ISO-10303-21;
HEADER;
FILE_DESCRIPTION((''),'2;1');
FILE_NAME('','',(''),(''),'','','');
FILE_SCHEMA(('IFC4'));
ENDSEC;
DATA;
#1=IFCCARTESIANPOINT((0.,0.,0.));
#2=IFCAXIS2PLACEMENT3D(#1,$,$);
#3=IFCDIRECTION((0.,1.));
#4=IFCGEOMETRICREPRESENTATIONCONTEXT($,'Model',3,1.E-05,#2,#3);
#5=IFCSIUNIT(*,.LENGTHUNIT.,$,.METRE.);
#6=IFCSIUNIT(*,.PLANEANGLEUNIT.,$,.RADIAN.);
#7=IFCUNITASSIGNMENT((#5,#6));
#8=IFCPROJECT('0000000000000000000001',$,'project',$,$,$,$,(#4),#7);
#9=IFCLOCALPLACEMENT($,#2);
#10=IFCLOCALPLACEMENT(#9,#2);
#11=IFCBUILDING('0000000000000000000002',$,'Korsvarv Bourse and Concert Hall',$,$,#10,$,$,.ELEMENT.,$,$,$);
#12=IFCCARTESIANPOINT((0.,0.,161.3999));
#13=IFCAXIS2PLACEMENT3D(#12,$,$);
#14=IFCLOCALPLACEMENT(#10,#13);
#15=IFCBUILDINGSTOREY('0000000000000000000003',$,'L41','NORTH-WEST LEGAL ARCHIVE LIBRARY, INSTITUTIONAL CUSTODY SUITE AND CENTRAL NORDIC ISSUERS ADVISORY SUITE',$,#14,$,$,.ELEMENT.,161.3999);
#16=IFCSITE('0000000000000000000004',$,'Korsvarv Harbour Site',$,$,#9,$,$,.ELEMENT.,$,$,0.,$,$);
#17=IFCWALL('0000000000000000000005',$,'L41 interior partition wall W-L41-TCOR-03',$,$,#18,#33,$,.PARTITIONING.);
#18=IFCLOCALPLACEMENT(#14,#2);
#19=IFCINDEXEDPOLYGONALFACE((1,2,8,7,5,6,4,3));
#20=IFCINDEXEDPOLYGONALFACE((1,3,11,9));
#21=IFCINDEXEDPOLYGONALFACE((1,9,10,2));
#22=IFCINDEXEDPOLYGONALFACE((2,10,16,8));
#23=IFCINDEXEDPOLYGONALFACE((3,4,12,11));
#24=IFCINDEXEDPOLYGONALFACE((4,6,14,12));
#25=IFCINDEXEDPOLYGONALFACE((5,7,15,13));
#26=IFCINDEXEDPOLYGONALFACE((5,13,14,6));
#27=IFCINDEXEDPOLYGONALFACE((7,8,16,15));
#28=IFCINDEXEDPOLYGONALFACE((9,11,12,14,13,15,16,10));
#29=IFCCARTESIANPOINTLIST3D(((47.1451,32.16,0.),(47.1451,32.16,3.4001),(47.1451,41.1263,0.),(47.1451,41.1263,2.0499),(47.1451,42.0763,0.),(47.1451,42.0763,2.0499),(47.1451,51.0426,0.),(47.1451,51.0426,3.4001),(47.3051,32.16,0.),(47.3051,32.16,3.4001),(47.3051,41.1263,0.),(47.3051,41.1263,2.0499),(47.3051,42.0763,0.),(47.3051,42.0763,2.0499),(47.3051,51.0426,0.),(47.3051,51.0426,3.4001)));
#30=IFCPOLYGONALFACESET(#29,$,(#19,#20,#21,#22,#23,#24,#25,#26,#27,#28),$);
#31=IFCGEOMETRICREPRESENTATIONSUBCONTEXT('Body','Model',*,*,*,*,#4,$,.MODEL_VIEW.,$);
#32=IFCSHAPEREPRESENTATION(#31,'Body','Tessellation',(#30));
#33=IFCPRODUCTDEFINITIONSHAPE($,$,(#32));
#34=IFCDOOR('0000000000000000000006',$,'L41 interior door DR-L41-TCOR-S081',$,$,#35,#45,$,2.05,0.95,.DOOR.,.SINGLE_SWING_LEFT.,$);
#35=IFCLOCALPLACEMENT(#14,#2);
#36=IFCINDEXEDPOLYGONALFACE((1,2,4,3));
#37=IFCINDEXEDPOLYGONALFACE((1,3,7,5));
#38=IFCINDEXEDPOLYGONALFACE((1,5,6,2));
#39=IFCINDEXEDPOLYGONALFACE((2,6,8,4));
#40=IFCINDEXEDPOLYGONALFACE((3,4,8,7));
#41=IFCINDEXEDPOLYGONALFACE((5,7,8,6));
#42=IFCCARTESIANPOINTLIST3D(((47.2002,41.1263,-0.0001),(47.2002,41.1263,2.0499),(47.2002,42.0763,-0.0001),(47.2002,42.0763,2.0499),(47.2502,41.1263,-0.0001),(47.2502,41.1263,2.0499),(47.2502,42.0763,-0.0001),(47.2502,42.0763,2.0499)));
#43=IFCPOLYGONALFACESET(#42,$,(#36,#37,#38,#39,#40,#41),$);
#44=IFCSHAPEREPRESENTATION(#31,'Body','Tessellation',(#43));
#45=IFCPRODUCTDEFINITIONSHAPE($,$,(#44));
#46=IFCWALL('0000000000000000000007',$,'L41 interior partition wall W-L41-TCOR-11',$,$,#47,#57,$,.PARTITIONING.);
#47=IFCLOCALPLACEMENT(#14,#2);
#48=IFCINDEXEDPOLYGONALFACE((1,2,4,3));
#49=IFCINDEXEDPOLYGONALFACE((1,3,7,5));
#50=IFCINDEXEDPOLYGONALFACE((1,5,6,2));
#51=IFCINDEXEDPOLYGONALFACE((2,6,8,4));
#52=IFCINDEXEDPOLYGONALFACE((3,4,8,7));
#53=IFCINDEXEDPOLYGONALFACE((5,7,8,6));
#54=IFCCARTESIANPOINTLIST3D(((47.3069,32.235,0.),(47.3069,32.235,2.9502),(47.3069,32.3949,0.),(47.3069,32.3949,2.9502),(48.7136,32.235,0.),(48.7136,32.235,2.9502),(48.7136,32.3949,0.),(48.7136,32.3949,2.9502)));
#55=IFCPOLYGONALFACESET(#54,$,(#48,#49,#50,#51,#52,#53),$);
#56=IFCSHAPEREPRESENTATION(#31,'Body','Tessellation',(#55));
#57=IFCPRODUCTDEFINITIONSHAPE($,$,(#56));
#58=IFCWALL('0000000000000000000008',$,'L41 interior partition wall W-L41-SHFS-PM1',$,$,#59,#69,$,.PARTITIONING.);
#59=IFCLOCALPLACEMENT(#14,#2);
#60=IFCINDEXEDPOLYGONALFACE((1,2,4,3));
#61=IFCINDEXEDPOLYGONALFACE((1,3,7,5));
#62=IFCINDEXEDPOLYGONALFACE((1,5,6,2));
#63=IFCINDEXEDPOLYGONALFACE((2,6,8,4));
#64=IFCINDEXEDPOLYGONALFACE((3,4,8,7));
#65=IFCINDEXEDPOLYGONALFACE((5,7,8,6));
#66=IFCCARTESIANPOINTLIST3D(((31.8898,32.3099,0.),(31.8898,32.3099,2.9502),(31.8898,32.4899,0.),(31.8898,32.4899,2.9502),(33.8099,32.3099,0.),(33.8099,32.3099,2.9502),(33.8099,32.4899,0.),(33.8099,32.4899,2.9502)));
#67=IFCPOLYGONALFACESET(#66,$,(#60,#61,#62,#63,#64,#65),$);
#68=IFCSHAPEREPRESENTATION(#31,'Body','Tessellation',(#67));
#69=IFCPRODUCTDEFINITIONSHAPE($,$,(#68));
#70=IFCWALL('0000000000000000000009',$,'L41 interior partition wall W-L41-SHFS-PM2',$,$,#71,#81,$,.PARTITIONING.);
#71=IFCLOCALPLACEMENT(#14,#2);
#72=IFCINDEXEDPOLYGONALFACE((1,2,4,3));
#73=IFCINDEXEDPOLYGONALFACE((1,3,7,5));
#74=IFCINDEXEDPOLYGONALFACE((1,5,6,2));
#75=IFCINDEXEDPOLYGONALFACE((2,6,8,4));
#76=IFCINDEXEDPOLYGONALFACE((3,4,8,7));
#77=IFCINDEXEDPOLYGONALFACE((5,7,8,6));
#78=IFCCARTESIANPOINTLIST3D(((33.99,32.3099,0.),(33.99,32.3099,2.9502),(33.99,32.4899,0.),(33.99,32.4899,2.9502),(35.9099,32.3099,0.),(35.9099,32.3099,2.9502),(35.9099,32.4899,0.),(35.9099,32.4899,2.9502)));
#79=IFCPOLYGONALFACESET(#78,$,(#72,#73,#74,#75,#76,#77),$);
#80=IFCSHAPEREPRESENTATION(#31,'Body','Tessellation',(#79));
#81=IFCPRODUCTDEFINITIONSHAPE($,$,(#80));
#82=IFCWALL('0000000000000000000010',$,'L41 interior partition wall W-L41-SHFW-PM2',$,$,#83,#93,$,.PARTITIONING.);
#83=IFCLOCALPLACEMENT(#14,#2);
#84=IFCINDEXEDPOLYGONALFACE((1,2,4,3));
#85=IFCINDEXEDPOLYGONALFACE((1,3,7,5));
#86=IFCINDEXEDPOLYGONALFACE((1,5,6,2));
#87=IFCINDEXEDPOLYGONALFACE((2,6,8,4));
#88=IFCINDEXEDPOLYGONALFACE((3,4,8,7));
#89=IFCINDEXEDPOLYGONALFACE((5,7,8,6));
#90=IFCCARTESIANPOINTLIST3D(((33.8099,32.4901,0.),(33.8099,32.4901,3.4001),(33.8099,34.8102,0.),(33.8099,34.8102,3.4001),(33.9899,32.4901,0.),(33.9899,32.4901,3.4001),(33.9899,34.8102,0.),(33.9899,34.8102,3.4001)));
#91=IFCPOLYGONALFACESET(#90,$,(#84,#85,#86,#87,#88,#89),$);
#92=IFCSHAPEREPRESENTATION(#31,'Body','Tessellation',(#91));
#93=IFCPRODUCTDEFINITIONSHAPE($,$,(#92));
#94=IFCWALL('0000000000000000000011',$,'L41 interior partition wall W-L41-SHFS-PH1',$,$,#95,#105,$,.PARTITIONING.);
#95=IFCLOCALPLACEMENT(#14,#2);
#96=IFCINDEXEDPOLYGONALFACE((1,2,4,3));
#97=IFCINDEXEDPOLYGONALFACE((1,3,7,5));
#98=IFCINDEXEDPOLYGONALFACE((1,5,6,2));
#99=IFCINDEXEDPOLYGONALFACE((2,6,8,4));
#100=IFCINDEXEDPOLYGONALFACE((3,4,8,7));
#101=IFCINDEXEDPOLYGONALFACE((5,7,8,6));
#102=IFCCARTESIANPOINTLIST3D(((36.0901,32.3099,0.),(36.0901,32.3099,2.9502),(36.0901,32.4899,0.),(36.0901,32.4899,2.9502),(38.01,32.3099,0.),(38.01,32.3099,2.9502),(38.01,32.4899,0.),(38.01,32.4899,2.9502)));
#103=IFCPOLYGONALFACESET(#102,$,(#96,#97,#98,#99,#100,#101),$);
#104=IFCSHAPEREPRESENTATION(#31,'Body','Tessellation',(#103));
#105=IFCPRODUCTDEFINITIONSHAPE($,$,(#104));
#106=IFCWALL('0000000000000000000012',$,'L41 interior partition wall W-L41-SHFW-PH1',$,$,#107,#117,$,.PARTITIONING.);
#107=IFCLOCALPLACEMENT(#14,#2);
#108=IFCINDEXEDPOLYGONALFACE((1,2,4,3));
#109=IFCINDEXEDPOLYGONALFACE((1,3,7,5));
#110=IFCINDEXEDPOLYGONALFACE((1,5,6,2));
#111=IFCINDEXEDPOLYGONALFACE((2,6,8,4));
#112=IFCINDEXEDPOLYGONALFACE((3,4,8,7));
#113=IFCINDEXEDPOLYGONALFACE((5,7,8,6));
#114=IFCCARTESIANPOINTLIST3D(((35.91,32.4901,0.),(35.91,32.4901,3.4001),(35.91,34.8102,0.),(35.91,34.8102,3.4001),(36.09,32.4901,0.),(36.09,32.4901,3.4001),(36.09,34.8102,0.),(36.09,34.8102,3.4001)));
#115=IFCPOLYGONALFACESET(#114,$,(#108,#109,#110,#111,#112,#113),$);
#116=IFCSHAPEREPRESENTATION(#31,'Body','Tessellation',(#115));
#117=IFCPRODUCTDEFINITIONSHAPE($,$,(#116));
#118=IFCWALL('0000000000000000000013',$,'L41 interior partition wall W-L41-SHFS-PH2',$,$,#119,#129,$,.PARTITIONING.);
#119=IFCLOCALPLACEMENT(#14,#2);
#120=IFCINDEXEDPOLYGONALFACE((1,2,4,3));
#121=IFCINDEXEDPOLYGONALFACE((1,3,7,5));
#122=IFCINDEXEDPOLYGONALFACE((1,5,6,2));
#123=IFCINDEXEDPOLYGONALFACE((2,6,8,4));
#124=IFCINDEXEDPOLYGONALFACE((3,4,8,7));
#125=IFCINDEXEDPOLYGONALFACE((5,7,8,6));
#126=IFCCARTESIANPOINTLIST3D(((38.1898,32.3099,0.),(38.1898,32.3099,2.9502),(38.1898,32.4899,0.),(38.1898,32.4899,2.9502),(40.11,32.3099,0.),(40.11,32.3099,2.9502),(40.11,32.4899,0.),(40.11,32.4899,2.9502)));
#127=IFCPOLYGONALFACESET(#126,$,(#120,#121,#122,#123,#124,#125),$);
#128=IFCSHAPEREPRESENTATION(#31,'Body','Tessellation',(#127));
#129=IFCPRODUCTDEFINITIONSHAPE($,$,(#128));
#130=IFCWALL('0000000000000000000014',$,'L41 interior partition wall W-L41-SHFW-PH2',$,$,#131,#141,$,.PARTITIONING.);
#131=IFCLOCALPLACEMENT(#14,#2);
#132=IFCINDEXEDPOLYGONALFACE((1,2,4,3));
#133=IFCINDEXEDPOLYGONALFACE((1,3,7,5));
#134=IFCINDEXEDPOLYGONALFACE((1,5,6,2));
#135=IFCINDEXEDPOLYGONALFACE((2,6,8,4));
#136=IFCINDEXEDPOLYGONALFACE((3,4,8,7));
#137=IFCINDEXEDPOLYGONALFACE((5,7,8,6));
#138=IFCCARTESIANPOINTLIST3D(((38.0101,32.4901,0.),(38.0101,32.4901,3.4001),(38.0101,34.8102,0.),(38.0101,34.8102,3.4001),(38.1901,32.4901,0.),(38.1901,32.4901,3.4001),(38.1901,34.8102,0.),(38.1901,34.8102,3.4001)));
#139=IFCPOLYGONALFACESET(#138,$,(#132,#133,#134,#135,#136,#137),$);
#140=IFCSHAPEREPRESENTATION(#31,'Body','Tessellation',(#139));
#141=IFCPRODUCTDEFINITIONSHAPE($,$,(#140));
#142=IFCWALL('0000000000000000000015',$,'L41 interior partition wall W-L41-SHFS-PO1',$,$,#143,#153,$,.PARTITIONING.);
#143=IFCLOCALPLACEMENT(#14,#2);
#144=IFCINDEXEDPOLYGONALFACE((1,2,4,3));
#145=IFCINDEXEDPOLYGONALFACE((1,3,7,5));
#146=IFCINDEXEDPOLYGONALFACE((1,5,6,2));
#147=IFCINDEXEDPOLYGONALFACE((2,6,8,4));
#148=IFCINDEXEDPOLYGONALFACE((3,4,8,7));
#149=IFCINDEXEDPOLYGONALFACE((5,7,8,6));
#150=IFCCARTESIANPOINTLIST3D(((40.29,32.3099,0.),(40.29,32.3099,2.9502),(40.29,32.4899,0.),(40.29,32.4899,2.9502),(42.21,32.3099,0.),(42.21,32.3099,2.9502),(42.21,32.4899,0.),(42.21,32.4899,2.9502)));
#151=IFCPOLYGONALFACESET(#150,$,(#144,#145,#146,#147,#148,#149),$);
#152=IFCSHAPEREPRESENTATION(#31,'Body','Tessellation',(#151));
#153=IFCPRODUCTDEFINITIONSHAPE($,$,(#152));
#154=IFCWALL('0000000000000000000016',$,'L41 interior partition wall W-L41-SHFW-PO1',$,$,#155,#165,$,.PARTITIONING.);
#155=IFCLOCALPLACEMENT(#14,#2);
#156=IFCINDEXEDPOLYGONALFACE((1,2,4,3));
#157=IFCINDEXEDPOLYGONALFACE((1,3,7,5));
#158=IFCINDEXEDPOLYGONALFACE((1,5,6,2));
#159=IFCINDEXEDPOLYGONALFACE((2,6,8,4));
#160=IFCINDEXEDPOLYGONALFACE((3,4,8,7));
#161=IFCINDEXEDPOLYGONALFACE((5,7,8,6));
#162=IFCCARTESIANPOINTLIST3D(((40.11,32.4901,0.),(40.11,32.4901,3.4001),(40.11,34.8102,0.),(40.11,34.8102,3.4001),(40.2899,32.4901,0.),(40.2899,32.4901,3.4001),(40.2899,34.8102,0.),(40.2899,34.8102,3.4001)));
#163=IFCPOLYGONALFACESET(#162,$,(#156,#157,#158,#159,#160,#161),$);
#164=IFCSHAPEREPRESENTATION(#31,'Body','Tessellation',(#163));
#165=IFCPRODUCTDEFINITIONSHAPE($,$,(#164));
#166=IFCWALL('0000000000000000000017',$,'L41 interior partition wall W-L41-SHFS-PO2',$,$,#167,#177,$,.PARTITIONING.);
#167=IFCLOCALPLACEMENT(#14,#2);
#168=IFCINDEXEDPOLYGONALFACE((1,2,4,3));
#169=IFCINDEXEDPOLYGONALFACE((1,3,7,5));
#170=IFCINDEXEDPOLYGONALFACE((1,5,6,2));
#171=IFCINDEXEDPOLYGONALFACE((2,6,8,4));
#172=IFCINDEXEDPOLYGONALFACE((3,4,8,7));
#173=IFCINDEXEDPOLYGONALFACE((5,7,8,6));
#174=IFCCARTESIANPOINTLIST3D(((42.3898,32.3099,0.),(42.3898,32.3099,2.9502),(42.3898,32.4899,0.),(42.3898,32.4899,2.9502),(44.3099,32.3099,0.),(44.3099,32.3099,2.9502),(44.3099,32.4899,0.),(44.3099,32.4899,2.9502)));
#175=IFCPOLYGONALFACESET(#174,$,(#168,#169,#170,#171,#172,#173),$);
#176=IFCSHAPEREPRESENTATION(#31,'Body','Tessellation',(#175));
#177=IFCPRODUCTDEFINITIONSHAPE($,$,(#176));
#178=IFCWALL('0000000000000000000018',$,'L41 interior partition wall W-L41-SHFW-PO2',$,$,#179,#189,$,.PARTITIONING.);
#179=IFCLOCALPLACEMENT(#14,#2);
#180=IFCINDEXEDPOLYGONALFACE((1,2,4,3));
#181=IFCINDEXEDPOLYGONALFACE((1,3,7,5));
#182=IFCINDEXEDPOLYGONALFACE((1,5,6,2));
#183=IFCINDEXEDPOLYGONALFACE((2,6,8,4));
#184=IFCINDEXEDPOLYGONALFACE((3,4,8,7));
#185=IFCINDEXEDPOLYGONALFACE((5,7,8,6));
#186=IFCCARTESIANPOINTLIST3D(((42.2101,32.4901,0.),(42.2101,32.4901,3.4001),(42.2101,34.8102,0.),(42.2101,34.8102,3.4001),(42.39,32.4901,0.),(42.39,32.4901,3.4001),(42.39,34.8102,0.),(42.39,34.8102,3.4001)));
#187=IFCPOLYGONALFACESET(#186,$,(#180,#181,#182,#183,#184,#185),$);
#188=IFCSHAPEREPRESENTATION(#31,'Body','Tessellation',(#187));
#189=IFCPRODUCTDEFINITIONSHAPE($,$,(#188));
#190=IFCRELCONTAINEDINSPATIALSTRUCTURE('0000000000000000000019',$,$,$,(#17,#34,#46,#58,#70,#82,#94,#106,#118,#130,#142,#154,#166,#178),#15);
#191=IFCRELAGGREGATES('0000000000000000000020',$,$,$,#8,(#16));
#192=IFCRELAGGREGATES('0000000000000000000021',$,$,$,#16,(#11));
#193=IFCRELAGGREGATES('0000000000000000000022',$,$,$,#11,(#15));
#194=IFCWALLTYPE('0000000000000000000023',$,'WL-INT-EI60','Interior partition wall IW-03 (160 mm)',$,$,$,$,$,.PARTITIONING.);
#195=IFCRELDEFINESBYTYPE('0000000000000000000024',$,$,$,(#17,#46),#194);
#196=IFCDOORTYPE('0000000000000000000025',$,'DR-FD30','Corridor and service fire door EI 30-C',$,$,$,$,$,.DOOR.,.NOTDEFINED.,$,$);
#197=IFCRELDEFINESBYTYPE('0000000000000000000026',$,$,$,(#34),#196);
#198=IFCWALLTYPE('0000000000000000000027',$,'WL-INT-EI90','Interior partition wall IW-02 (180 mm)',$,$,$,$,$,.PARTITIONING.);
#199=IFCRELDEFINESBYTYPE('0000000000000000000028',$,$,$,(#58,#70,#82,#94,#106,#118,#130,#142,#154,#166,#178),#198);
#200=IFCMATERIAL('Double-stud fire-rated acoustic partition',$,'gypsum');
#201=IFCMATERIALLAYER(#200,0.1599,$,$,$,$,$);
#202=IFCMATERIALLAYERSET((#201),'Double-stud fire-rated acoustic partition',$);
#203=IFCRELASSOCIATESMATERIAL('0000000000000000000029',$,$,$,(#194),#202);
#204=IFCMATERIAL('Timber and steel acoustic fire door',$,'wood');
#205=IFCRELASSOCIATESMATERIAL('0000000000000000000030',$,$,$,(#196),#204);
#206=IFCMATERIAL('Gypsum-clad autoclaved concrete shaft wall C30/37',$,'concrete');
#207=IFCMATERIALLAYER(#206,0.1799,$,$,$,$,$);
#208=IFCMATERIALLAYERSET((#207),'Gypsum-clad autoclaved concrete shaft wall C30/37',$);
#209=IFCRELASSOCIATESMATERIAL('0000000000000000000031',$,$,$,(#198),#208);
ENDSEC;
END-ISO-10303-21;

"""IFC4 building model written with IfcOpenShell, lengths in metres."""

from ifc_helpers import new_model, si_unit, direction, frame, frame_2d, origin, place, context, subcontext, project, spatial, rectangle, extrude, material, layer, layer_set, type_object, element, fill, save


model = new_model("IFC4")

# Units and contexts
model_context = context("Model", 3, precision=1e-05, world=origin(), true_north=direction((0.0, 1.0)))
body_context = subcontext(model_context, "Body", "Model", "MODEL_VIEW")
ifc_project = project(units=[si_unit("LENGTHUNIT", "METRE"), si_unit("PLANEANGLEUNIT", "RADIAN")], contexts=[model_context])

# Site, building, storey
site_placement = place(None, origin())
site = spatial("IfcSite", under=ifc_project, at=site_placement, Name="Korsvarv Harbour Site", CompositionType="ELEMENT", RefElevation=0.0)
building_placement = place(site_placement, origin())
building = spatial("IfcBuilding", under=site, at=building_placement, Name="Korsvarv Bourse and Concert Hall", CompositionType="ELEMENT")
storey_placement = place(building_placement, frame((0.0, 0.0, 161.3999)))
storey = spatial("IfcBuildingStorey", under=building, at=storey_placement, Name="L41", Description="NORTH-WEST LEGAL ARCHIVE LIBRARY, INSTITUTIONAL CUSTODY SUITE AND CENTRAL NORDIC ISSUERS ADVISORY SUITE", CompositionType="ELEMENT", Elevation=161.3999)

# Wall, opening, door
ifc_material_1 = material(Name="Double-stud fire-rated acoustic partition", Category="gypsum")
ifc_layer_1 = layer(ifc_material_1, 0.1599)
ifc_layer_set_1 = layer_set([ifc_layer_1], Name="Double-stud fire-rated acoustic partition")
wall_type_1 = type_object("IfcWallType", Name="WL-INT-EI60", Description="Interior partition wall IW-03 (160 mm)", PredefinedType="PARTITIONING", material=ifc_layer_set_1)
wall_1_placement = place(storey_placement, frame((47.2251, 32.1599, 0.0), z_axis=(0.0, 0.0, 1.0), x_axis=(0.0, 1.0, 0.0)))
wall_1 = element("IfcWall", 1, at=wall_1_placement, inside=storey, type_object=wall_type_1, Name="L41 interior partition wall W-L41-TCOR-03", PredefinedType="PARTITIONING", context=body_context, shape_type="SweptSolid", body=[
    extrude(rectangle(XDim=18.8826, YDim=0.1599, at=frame_2d((9.4414, 0.0))), origin(), (0.0, 0.0, 1.0), 3.4001),
])
opening_placement = place(wall_1_placement, frame((8.9663, 0.0, 0.0)))
opening = element("IfcOpeningElement", 2, at=opening_placement, cuts=wall_1, PredefinedType="OPENING", context=body_context, shape_type="SweptSolid", body=[
    extrude(rectangle(XDim=0.95, YDim=2.05, at=frame_2d((0.4751, 1.0249))), frame((0.0, 0.0898, 0.0), z_axis=(0.0, -1.0, 0.0), x_axis=(1.0, 0.0, 0.0)), (0.0, 0.0, 1.0), 0.1799),
])
ifc_material_2 = material(Name="Timber and steel acoustic fire door", Category="wood")
door_type = type_object("IfcDoorType", Name="DR-FD30", Description="Corridor and service fire door EI 30-C", OperationType="NOTDEFINED", PredefinedType="DOOR", material=ifc_material_2)
door_placement = place(opening_placement, origin())
door = element("IfcDoor", 3, at=door_placement, inside=storey, type_object=door_type, Name="L41 interior door DR-L41-TCOR-S081", OperationType="SINGLE_SWING_LEFT", OverallHeight=2.05, OverallWidth=0.95, PredefinedType="DOOR", context=body_context, shape_type="SweptSolid", body=[
    extrude(rectangle(XDim=0.95, YDim=2.05, at=frame_2d((0.4751, 1.0249))), frame((0.0, 0.0249, 0.0), z_axis=(0.0, -1.0, 0.0), x_axis=(1.0, 0.0, 0.0)), (0.0, 0.0, 1.0), 0.05),
])
fill(opening, door)

# Walls
wall_2_placement = place(storey_placement, frame((47.3069, 32.3149, 0.0), z_axis=(0.0, 0.0, 1.0), x_axis=(1.0, 0.0, 0.0)))
element("IfcWall", 4, at=wall_2_placement, inside=storey, type_object=wall_type_1, Name="L41 interior partition wall W-L41-TCOR-11", PredefinedType="PARTITIONING", context=body_context, shape_type="SweptSolid", body=[
    extrude(rectangle(XDim=1.4067, YDim=0.1599, at=frame_2d((0.7034, 0.0))), origin(), (0.0, 0.0, 1.0), 2.9502),
])
ifc_material_3 = material(Name="Gypsum-clad autoclaved concrete shaft wall C30/37", Category="concrete")
ifc_layer_2 = layer(ifc_material_3, 0.1799)
ifc_layer_set_2 = layer_set([ifc_layer_2], Name="Gypsum-clad autoclaved concrete shaft wall C30/37")
wall_type_2 = type_object("IfcWallType", Name="WL-INT-EI90", Description="Interior partition wall IW-02 (180 mm)", PredefinedType="PARTITIONING", material=ifc_layer_set_2)
wall_3_placement = place(storey_placement, frame((31.8899, 32.3999, 0.0), z_axis=(0.0, 0.0, 1.0), x_axis=(1.0, 0.0, 0.0)))
element("IfcWall", 5, at=wall_3_placement, inside=storey, type_object=wall_type_2, Name="L41 interior partition wall W-L41-SHFS-PM1", PredefinedType="PARTITIONING", context=body_context, shape_type="SweptSolid", body=[
    extrude(rectangle(XDim=1.9202, YDim=0.1799, at=frame_2d((0.96, 0.0))), origin(), (0.0, 0.0, 1.0), 2.9502),
])
wall_4_placement = place(storey_placement, frame((33.99, 32.3999, 0.0), z_axis=(0.0, 0.0, 1.0), x_axis=(1.0, 0.0, 0.0)))
element("IfcWall", 6, at=wall_4_placement, inside=storey, type_object=wall_type_2, Name="L41 interior partition wall W-L41-SHFS-PM2", PredefinedType="PARTITIONING", context=body_context, shape_type="SweptSolid", body=[
    extrude(rectangle(XDim=1.9199, YDim=0.1799, at=frame_2d((0.96, 0.0))), origin(), (0.0, 0.0, 1.0), 2.9502),
])
wall_5_placement = place(storey_placement, frame((33.8999, 32.49, 0.0), z_axis=(0.0, 0.0, 1.0), x_axis=(0.0, 1.0, 0.0)))
element("IfcWall", 7, at=wall_5_placement, inside=storey, type_object=wall_type_2, Name="L41 interior partition wall W-L41-SHFW-PM2", PredefinedType="PARTITIONING", context=body_context, shape_type="SweptSolid", body=[
    extrude(rectangle(XDim=2.3201, YDim=0.1799, at=frame_2d((1.1602, 0.0))), origin(), (0.0, 0.0, 1.0), 3.4001),
])
wall_6_placement = place(storey_placement, frame((36.0901, 32.3999, 0.0), z_axis=(0.0, 0.0, 1.0), x_axis=(1.0, 0.0, 0.0)))
element("IfcWall", 8, at=wall_6_placement, inside=storey, type_object=wall_type_2, Name="L41 interior partition wall W-L41-SHFS-PH1", PredefinedType="PARTITIONING", context=body_context, shape_type="SweptSolid", body=[
    extrude(rectangle(XDim=1.9199, YDim=0.1799, at=frame_2d((0.96, 0.0))), origin(), (0.0, 0.0, 1.0), 2.9502),
])
wall_7_placement = place(storey_placement, frame((36.0, 32.49, 0.0), z_axis=(0.0, 0.0, 1.0), x_axis=(0.0, 1.0, 0.0)))
element("IfcWall", 9, at=wall_7_placement, inside=storey, type_object=wall_type_2, Name="L41 interior partition wall W-L41-SHFW-PH1", PredefinedType="PARTITIONING", context=body_context, shape_type="SweptSolid", body=[
    extrude(rectangle(XDim=2.3201, YDim=0.1799, at=frame_2d((1.1602, 0.0))), origin(), (0.0, 0.0, 1.0), 3.4001),
])
wall_8_placement = place(storey_placement, frame((38.1899, 32.3999, 0.0), z_axis=(0.0, 0.0, 1.0), x_axis=(1.0, 0.0, 0.0)))
element("IfcWall", 10, at=wall_8_placement, inside=storey, type_object=wall_type_2, Name="L41 interior partition wall W-L41-SHFS-PH2", PredefinedType="PARTITIONING", context=body_context, shape_type="SweptSolid", body=[
    extrude(rectangle(XDim=1.9202, YDim=0.1799, at=frame_2d((0.96, 0.0))), origin(), (0.0, 0.0, 1.0), 2.9502),
])
wall_9_placement = place(storey_placement, frame((38.1001, 32.49, 0.0), z_axis=(0.0, 0.0, 1.0), x_axis=(0.0, 1.0, 0.0)))
element("IfcWall", 11, at=wall_9_placement, inside=storey, type_object=wall_type_2, Name="L41 interior partition wall W-L41-SHFW-PH2", PredefinedType="PARTITIONING", context=body_context, shape_type="SweptSolid", body=[
    extrude(rectangle(XDim=2.3201, YDim=0.1799, at=frame_2d((1.1602, 0.0))), origin(), (0.0, 0.0, 1.0), 3.4001),
])
wall_10_placement = place(storey_placement, frame((40.29, 32.3999, 0.0), z_axis=(0.0, 0.0, 1.0), x_axis=(1.0, 0.0, 0.0)))
element("IfcWall", 12, at=wall_10_placement, inside=storey, type_object=wall_type_2, Name="L41 interior partition wall W-L41-SHFS-PO1", PredefinedType="PARTITIONING", context=body_context, shape_type="SweptSolid", body=[
    extrude(rectangle(XDim=1.9199, YDim=0.1799, at=frame_2d((0.96, 0.0))), origin(), (0.0, 0.0, 1.0), 2.9502),
])
wall_11_placement = place(storey_placement, frame((40.2, 32.49, 0.0), z_axis=(0.0, 0.0, 1.0), x_axis=(0.0, 1.0, 0.0)))
element("IfcWall", 13, at=wall_11_placement, inside=storey, type_object=wall_type_2, Name="L41 interior partition wall W-L41-SHFW-PO1", PredefinedType="PARTITIONING", context=body_context, shape_type="SweptSolid", body=[
    extrude(rectangle(XDim=2.3201, YDim=0.1799, at=frame_2d((1.1602, 0.0))), origin(), (0.0, 0.0, 1.0), 3.4001),
])
wall_12_placement = place(storey_placement, frame((42.3899, 32.3999, 0.0), z_axis=(0.0, 0.0, 1.0), x_axis=(1.0, 0.0, 0.0)))
element("IfcWall", 14, at=wall_12_placement, inside=storey, type_object=wall_type_2, Name="L41 interior partition wall W-L41-SHFS-PO2", PredefinedType="PARTITIONING", context=body_context, shape_type="SweptSolid", body=[
    extrude(rectangle(XDim=1.9202, YDim=0.1799, at=frame_2d((0.96, 0.0))), origin(), (0.0, 0.0, 1.0), 2.9502),
])
for number, where, z_axis, x_axis, name in (
    (15, (42.3, 32.49, 0.0), (0.0, 0.0, 1.0), (0.0, 1.0, 0.0), "L41 interior partition wall W-L41-SHFW-PO2"),
):
    element("IfcWall", number, at=place(storey_placement, frame(where, z_axis=z_axis, x_axis=x_axis)), inside=storey, type_object=wall_type_2, Name=name, PredefinedType="PARTITIONING", context=body_context, shape_type="SweptSolid", body=[
        extrude(rectangle(XDim=2.3201, YDim=0.1799, at=frame_2d((1.1602, 0.0))), origin(), (0.0, 0.0, 1.0), 3.4001),
    ])

save(model, "model.ifc")
